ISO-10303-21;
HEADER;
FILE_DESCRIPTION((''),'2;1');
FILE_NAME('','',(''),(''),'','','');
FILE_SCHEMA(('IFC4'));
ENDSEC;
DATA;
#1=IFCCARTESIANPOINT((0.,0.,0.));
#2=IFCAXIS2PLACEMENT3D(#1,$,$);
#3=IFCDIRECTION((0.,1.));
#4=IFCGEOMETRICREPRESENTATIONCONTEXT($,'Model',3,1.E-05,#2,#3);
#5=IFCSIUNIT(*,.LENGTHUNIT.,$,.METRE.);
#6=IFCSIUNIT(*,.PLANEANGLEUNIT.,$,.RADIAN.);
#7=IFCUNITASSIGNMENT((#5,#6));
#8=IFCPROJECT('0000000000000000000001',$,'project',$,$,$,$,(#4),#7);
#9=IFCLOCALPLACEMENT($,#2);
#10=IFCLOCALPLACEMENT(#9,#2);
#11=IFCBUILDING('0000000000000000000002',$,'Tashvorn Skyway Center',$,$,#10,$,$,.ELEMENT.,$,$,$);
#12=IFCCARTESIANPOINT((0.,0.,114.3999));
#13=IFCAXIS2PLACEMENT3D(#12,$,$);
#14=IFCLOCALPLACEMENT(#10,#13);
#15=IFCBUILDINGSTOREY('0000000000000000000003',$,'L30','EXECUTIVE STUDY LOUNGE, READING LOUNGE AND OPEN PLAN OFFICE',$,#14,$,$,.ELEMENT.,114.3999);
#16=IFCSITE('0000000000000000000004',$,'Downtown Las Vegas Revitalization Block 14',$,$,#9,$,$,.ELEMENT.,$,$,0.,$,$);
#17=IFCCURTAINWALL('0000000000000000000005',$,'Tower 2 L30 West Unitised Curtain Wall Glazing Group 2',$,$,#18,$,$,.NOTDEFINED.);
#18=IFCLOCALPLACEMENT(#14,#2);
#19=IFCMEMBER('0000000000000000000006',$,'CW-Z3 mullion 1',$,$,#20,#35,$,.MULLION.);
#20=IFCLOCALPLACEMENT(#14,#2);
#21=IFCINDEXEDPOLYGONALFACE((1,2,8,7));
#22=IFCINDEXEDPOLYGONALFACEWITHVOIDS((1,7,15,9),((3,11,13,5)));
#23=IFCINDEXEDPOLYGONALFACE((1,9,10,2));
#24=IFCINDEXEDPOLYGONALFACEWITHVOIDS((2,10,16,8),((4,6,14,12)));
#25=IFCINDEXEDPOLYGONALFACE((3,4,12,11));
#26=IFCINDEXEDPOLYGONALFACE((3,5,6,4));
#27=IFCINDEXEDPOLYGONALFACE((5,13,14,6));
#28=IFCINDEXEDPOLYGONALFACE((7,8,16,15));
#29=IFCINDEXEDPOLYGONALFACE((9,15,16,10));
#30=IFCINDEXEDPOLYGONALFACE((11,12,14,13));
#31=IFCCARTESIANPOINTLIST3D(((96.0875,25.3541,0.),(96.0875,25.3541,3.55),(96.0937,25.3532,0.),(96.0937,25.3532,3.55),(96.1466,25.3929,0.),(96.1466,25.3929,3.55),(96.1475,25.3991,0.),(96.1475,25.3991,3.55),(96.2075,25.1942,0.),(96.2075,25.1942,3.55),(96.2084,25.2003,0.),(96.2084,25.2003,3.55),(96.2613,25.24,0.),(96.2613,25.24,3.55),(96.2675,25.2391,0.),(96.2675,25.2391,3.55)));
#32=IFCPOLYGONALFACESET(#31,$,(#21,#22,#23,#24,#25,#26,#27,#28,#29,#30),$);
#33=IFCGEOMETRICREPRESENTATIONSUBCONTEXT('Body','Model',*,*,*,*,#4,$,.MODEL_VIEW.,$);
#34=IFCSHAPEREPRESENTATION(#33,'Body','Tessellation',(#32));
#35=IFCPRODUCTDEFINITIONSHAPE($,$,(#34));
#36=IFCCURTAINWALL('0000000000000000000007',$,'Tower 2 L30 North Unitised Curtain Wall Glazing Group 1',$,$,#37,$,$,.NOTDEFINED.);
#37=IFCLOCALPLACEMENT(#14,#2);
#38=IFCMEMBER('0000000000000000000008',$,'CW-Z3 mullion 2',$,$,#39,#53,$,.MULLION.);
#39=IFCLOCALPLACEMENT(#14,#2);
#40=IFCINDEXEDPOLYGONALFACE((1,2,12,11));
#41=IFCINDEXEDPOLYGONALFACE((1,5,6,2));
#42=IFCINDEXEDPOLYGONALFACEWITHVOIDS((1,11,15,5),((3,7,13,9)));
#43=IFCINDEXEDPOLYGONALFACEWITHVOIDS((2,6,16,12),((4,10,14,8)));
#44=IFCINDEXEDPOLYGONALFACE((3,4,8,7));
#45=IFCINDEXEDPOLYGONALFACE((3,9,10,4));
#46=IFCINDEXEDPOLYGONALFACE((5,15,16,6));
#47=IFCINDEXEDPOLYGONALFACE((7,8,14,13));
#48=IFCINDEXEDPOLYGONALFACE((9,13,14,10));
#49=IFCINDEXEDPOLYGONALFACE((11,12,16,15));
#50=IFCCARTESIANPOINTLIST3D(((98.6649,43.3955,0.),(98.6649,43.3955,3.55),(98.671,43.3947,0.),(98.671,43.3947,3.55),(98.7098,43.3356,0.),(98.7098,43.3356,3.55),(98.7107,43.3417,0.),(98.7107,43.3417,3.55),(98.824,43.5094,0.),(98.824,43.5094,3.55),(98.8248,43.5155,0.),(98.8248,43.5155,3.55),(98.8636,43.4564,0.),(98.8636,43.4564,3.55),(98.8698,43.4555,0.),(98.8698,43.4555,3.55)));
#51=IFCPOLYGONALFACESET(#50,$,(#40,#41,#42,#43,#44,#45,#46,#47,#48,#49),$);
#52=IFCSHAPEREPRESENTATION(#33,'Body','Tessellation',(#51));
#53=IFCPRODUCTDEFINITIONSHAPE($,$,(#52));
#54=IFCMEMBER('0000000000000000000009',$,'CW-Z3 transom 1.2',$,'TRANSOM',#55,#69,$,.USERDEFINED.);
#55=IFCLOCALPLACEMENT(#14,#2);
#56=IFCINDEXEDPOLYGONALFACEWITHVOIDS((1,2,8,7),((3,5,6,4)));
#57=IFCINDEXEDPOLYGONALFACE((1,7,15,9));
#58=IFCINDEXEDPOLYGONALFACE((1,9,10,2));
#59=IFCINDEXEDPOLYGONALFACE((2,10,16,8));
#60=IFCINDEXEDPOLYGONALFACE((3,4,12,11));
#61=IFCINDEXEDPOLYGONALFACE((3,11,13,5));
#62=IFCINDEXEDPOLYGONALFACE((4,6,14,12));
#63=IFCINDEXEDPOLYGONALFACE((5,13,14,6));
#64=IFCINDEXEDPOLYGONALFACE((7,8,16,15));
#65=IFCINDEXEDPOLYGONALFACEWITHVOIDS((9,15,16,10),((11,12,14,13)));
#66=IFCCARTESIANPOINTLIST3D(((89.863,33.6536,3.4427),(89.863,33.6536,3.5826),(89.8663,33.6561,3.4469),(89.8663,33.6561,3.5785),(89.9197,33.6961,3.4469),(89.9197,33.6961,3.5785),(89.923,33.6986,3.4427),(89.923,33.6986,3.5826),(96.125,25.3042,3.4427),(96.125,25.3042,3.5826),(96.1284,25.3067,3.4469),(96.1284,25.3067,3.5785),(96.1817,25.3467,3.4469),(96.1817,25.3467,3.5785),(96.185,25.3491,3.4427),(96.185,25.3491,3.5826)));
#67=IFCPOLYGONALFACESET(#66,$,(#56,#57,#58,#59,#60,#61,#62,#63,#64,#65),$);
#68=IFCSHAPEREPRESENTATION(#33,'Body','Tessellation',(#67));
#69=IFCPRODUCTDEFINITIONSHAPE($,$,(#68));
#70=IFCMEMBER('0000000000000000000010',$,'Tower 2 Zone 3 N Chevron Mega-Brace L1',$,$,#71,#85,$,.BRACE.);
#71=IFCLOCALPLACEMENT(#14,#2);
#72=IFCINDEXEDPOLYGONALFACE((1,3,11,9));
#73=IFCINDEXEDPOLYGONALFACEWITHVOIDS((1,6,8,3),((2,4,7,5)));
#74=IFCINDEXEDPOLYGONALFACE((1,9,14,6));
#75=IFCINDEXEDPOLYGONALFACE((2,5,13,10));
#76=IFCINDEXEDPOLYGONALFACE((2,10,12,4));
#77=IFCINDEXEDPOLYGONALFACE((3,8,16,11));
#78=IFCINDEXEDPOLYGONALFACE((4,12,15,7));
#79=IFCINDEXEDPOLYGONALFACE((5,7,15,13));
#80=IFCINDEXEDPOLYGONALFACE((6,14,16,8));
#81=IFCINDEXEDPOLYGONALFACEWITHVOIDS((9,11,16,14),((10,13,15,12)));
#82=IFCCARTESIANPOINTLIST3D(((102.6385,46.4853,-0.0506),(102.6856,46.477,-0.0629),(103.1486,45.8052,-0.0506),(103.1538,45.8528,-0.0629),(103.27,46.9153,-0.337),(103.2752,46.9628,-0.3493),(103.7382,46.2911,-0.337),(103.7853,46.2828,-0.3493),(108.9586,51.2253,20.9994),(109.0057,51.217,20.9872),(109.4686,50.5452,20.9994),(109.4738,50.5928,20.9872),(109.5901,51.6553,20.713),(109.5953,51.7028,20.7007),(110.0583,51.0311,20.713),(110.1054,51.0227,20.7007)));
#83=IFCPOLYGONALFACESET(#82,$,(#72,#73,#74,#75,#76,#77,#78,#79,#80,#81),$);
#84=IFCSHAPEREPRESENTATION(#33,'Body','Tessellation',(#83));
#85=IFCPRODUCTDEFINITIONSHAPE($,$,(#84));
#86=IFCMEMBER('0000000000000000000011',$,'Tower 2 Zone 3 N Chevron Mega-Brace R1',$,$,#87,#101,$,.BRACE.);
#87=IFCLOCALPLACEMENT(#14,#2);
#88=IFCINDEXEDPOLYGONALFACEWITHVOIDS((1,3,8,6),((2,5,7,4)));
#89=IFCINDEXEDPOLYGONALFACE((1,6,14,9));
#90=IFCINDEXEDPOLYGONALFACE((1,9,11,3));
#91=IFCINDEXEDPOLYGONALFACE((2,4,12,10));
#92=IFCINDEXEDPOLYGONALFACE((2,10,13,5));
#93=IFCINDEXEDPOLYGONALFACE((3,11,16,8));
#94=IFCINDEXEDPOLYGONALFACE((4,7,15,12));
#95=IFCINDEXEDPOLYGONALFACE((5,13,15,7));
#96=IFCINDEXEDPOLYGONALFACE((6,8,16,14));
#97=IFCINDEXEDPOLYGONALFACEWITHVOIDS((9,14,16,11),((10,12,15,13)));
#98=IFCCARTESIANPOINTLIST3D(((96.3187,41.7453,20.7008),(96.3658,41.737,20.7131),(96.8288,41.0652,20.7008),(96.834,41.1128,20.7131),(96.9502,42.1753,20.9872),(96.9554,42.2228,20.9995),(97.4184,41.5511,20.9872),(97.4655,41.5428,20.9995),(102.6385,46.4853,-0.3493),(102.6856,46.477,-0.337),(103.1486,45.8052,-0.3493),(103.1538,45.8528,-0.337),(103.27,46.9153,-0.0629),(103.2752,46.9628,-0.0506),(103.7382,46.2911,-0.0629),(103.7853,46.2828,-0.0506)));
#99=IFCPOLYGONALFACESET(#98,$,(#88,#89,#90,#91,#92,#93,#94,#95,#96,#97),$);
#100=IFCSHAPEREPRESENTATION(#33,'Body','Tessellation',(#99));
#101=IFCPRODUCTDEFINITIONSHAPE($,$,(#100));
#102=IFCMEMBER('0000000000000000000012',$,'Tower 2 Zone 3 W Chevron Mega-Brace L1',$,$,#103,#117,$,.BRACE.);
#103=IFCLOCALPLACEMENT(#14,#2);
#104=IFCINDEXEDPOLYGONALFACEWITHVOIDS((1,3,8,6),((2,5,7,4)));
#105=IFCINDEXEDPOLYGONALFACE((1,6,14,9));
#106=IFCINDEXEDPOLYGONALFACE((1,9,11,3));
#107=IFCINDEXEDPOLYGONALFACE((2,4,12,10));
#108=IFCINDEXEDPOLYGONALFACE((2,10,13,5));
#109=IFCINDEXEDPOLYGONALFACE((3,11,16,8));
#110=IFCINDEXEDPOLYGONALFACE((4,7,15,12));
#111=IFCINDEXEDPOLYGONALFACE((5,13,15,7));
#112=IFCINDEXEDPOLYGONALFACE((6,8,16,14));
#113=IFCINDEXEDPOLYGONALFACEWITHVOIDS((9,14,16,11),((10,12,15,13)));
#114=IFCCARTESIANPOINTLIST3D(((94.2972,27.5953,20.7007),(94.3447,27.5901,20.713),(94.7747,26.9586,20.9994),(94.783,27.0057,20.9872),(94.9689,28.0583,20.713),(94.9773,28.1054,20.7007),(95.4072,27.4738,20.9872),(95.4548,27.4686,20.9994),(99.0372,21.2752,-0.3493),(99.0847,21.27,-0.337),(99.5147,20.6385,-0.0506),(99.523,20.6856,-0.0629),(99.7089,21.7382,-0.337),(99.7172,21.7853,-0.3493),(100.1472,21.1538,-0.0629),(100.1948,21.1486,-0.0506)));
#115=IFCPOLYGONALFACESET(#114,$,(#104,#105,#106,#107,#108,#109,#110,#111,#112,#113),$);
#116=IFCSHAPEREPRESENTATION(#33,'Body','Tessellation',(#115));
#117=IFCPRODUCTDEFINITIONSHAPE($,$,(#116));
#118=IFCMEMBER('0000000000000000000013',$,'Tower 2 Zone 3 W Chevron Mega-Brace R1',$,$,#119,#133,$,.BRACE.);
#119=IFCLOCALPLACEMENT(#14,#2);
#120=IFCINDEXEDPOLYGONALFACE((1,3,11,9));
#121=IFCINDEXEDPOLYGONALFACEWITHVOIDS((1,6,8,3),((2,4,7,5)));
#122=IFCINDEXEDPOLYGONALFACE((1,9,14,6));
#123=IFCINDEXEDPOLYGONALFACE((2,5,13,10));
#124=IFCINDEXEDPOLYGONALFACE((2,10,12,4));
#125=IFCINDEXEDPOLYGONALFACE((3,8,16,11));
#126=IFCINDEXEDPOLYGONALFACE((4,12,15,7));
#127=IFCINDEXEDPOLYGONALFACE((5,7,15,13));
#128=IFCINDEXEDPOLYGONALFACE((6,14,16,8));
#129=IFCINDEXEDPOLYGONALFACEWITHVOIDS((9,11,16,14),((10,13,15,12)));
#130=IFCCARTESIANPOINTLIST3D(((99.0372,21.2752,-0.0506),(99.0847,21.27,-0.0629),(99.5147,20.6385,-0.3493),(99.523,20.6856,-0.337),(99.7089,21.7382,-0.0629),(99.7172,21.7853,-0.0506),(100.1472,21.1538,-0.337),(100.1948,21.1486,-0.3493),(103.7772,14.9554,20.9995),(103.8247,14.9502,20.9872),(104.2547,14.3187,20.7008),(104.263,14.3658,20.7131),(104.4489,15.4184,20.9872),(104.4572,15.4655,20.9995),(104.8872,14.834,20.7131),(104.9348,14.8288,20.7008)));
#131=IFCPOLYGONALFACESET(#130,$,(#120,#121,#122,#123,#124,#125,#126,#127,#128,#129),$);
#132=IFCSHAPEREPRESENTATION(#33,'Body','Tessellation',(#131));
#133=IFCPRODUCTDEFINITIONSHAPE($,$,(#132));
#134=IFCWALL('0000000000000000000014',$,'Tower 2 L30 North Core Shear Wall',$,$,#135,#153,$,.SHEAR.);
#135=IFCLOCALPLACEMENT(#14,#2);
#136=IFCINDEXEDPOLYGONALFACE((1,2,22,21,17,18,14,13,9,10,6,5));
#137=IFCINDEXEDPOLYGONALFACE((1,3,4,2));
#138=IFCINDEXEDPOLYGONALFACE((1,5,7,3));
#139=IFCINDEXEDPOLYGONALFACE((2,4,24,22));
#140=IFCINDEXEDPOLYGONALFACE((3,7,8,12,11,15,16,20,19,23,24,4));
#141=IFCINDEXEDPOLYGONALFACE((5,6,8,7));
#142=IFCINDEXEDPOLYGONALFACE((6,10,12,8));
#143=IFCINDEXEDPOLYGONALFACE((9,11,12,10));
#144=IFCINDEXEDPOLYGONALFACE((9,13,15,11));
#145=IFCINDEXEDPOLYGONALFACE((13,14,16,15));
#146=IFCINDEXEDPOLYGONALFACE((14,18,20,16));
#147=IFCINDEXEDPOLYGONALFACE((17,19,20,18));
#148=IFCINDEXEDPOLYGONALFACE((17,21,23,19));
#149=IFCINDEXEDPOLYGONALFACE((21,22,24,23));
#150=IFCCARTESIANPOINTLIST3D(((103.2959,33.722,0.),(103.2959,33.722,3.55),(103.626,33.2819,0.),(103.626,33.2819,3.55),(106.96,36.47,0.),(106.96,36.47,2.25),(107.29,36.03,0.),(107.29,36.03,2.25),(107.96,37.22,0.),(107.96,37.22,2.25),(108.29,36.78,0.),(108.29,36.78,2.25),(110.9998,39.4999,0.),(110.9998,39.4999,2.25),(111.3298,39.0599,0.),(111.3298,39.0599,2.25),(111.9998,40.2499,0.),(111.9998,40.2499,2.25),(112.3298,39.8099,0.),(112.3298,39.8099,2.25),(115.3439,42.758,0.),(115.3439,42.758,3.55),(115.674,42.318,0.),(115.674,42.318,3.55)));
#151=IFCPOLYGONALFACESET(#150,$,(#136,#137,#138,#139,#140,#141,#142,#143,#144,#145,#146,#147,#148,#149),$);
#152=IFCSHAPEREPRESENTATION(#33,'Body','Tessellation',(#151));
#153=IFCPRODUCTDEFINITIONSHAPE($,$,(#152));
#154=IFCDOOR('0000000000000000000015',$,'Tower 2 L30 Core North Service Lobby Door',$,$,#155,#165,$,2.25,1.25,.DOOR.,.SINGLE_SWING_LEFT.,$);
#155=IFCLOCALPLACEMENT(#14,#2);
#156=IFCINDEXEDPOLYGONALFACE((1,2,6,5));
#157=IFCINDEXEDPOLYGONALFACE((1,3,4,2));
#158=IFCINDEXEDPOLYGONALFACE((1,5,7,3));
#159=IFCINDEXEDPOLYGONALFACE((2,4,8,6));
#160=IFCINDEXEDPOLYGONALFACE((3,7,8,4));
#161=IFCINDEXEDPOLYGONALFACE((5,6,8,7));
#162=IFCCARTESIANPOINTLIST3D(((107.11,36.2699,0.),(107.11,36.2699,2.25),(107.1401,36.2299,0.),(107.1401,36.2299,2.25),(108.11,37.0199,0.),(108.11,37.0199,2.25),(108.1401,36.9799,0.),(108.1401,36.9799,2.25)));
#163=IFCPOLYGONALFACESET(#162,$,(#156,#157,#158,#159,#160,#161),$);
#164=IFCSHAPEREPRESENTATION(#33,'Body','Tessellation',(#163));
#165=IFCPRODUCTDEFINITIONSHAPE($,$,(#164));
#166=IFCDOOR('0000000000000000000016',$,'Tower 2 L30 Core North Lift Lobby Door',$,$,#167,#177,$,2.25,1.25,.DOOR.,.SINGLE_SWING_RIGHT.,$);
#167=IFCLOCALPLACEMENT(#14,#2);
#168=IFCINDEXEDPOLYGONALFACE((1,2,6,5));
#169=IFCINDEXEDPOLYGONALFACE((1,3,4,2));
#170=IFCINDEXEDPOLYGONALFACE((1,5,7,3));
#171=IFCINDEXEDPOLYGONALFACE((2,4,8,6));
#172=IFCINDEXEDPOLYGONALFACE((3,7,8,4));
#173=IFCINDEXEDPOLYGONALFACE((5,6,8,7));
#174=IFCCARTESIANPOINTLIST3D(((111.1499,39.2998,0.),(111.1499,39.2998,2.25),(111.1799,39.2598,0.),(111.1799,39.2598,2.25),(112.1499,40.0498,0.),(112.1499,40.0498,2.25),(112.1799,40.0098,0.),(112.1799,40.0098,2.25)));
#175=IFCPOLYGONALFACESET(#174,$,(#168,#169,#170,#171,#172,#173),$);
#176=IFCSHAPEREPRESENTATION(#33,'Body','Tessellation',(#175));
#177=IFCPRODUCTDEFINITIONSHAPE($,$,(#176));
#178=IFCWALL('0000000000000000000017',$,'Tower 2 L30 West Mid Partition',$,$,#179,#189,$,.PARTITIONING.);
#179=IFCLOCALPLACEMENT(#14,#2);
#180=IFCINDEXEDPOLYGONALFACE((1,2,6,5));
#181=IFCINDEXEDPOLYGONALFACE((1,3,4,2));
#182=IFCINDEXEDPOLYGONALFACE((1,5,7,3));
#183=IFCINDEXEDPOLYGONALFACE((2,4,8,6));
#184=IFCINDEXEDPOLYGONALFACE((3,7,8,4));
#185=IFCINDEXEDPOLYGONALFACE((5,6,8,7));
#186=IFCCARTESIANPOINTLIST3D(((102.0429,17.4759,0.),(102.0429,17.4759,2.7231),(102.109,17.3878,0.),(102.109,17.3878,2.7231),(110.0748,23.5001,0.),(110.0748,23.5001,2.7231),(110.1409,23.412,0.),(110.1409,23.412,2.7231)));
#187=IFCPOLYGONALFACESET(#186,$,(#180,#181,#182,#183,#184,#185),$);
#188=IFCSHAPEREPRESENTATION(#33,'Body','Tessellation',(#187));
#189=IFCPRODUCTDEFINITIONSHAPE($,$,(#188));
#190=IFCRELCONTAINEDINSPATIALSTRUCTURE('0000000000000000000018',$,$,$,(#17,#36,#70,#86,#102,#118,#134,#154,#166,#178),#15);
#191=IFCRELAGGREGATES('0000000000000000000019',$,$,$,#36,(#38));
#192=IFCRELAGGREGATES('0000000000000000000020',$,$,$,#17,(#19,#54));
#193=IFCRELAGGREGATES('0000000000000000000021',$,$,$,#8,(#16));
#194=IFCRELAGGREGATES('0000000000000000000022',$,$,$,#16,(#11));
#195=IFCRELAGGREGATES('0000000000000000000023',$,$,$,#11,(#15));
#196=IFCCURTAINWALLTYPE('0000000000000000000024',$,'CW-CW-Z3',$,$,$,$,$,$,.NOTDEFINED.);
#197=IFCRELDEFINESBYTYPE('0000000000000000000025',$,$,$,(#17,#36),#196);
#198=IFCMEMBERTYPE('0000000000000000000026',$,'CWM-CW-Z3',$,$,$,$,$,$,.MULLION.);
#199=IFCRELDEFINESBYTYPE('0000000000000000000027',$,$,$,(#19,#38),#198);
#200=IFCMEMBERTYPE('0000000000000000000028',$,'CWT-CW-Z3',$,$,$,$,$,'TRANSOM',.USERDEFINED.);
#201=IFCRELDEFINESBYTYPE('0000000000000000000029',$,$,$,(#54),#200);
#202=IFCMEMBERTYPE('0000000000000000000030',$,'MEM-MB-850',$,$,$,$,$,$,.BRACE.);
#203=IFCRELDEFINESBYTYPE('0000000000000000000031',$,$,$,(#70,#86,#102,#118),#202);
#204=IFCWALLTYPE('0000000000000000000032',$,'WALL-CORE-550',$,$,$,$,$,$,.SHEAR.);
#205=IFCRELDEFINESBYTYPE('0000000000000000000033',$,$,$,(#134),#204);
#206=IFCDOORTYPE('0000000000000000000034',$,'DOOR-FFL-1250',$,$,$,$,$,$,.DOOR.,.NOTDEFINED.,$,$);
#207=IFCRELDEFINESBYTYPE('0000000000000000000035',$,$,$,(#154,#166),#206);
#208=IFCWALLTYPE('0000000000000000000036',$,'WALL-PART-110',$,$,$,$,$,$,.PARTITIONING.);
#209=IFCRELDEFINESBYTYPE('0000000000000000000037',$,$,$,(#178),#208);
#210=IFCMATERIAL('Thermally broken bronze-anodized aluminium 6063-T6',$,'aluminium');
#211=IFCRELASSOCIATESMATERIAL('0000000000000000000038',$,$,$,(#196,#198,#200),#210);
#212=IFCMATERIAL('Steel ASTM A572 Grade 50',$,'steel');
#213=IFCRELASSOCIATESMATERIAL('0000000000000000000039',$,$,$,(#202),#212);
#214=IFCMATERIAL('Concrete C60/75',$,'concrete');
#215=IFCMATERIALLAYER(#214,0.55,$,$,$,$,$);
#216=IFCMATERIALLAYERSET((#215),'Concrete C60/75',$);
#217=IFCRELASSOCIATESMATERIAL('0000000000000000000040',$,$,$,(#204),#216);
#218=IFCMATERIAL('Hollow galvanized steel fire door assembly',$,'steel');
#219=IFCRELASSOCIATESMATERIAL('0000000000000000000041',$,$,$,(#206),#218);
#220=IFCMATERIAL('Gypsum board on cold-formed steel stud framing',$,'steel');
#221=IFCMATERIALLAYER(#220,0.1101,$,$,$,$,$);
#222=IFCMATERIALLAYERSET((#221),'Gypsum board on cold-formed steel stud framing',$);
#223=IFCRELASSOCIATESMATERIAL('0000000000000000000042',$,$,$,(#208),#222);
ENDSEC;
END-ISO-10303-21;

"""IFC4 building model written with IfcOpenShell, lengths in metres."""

from ifc_helpers import new_model, si_unit, direction, frame, frame_2d, origin, origin_2d, place, context, subcontext, project, spatial, rectangle, hollow_rectangle, extrude, material, layer, layer_set, material_profile, profile_set, type_object, element, fill, aggregate, save


model = new_model("IFC4")

# Units and contexts
model_context = context("Model", 3, precision=1e-05, world=origin(), true_north=direction((0.0, 1.0)))
body_context = subcontext(model_context, "Body", "Model", "MODEL_VIEW")
ifc_project = project(units=[si_unit("LENGTHUNIT", "METRE"), si_unit("PLANEANGLEUNIT", "RADIAN")], contexts=[model_context])

# Site, building, storey
site_placement = place(None, origin())
site = spatial("IfcSite", under=ifc_project, at=site_placement, Name="Downtown Las Vegas Revitalization Block 14", CompositionType="ELEMENT", RefElevation=0.0)
building_placement = place(site_placement, origin())
building = spatial("IfcBuilding", under=site, at=building_placement, Name="Tashvorn Skyway Center", CompositionType="ELEMENT")
storey_placement = place(building_placement, frame((0.0, 0.0, 114.3999)))
storey = spatial("IfcBuildingStorey", under=building, at=storey_placement, Name="L30", Description="EXECUTIVE STUDY LOUNGE, READING LOUNGE AND OPEN PLAN OFFICE", CompositionType="ELEMENT", Elevation=114.3999)

# Shared definitions
ifc_material_1 = material(Name="Steel ASTM A572 Grade 50", Category="steel")

# Curtain walls, members
ifc_material_2 = material(Name="Thermally broken bronze-anodized aluminium 6063-T6", Category="aluminium")
curtain_wall_type = type_object("IfcCurtainWallType", Name="CW-CW-Z3", PredefinedType="NOTDEFINED", material=ifc_material_2)
ifc_material_profile_1 = material_profile(ifc_material_2, hollow_rectangle(XDim=0.075, YDim=0.2, WallThickness=0.0044, at=origin_2d()), Name="ALU-MULL-75x200")
ifc_profile_set_1 = profile_set([ifc_material_profile_1], Name="Thermally broken bronze-anodized aluminium 6063-T6")
member_type_1 = type_object("IfcMemberType", Name="CWM-CW-Z3", PredefinedType="MULLION", material=ifc_profile_set_1)
curtain_wall_1_placement = place(storey_placement, origin())
curtain_wall_1 = element("IfcCurtainWall", 1, at=curtain_wall_1_placement, inside=storey, type_object=curtain_wall_type, Name="Tower 2 L30 West Unitised Curtain Wall Glazing Group 2", PredefinedType="NOTDEFINED")
member_1_placement = place(storey_placement, frame((96.1775, 25.2966, 0.0), z_axis=(0.0, 0.0, 1.0), x_axis=(-0.799999, -0.600002, 0.0)))
member_1 = element("IfcMember", 2, at=member_1_placement, type_object=member_type_1, Name="CW-Z3 mullion 1", PredefinedType="MULLION", context=body_context, shape_type="SweptSolid", body=[
    extrude(hollow_rectangle(XDim=0.075, YDim=0.2, WallThickness=0.0044, at=origin_2d()), origin(), (0.0, 0.0, 1.0), 3.55),
])
curtain_wall_2_placement = place(storey_placement, origin())
curtain_wall_2 = element("IfcCurtainWall", 3, at=curtain_wall_2_placement, inside=storey, type_object=curtain_wall_type, Name="Tower 2 L30 North Unitised Curtain Wall Glazing Group 1", PredefinedType="NOTDEFINED")
member_2_placement = place(storey_placement, frame((98.7673, 43.4255, 0.0), z_axis=(0.0, 0.0, 1.0), x_axis=(-0.600002, 0.799999, 0.0)))
member_2 = element("IfcMember", 4, at=member_2_placement, type_object=member_type_1, Name="CW-Z3 mullion 2", PredefinedType="MULLION", context=body_context, shape_type="SweptSolid", body=[
    extrude(hollow_rectangle(XDim=0.075, YDim=0.2, WallThickness=0.0044, at=origin_2d()), origin(), (0.0, 0.0, 1.0), 3.55),
])
aggregate(curtain_wall_2, [member_2])

# Member
ifc_material_profile_2 = material_profile(ifc_material_2, hollow_rectangle(XDim=0.075, YDim=0.1399, WallThickness=0.0042, at=origin_2d()), Name="ALU-TRAN-75x140")
ifc_profile_set_2 = profile_set([ifc_material_profile_2], Name="Thermally broken bronze-anodized aluminium 6063-T6")
member_type_2 = type_object("IfcMemberType", Name="CWT-CW-Z3", ElementType="TRANSOM", PredefinedType="USERDEFINED", material=ifc_profile_set_2)
member_3_placement = place(storey_placement, frame((96.155, 25.3267, 3.5127), z_axis=(-0.599996, 0.800003, 0.0), x_axis=(-0.800003, -0.599996, 0.0)))
member_3 = element("IfcMember", 5, at=member_3_placement, type_object=member_type_2, Name="CW-Z3 transom 1.2", ObjectType="TRANSOM", PredefinedType="USERDEFINED", context=body_context, shape_type="SweptSolid", body=[
    extrude(hollow_rectangle(XDim=0.075, YDim=0.1399, WallThickness=0.0042, at=origin_2d()), origin(), (0.0, 0.0, 1.0), 10.4368),
])
aggregate(curtain_wall_1, [member_1, member_3])

# Members
ifc_material_profile_3 = material_profile(ifc_material_1, hollow_rectangle(XDim=0.8501, YDim=0.8501, WallThickness=0.0349, at=origin_2d()), Name="BOX850x850x35")
ifc_profile_set_3 = profile_set([ifc_material_profile_3], Name="Steel ASTM A572 Grade 50")
member_type_3 = type_object("IfcMemberType", Name="MEM-MB-850", PredefinedType="BRACE", material=ifc_profile_set_3)
for number, where, z_axis, x_axis, name in (
    (6, (103.2119, 46.384, -0.2), (0.281096, 0.210819, 0.936237), (-0.599995, 0.800004, 0.0), "Tower 2 Zone 3 N Chevron Mega-Brace L1"),
    (7, (103.2119, 46.384, -0.2), (-0.281086, -0.21082, 0.93624), (0.60001, -0.799993, 0.0), "Tower 2 Zone 3 N Chevron Mega-Brace R1"),
    (8, (99.616, 21.2119, -0.2), (-0.210819, 0.281096, 0.936237), (-0.800004, -0.599995, 0.0), "Tower 2 Zone 3 W Chevron Mega-Brace L1"),
    (9, (99.616, 21.2119, -0.2), (0.21082, -0.281086, 0.93624), (0.799993, 0.60001, 0.0), "Tower 2 Zone 3 W Chevron Mega-Brace R1"),
):
    element("IfcMember", number, at=place(storey_placement, frame(where, z_axis=z_axis, x_axis=x_axis)), inside=storey, type_object=member_type_3, Name=name, PredefinedType="BRACE", context=body_context, shape_type="SweptSolid", body=[
        extrude(hollow_rectangle(XDim=0.8501, YDim=0.8501, WallThickness=0.0349, at=origin_2d()), origin(), (0.0, 0.0, 1.0), 22.4836),
    ])

# Wall, openings, doors
ifc_material_3 = material(Name="Concrete C60/75", Category="concrete")
ifc_layer_1 = layer(ifc_material_3, 0.55)
ifc_layer_set_1 = layer_set([ifc_layer_1], Name="Concrete C60/75")
wall_type_1 = type_object("IfcWallType", Name="WALL-CORE-550", PredefinedType="SHEAR", material=ifc_layer_set_1)
wall_1_placement = place(storey_placement, frame((103.4609, 33.502, 0.0), z_axis=(0.0, 0.0, 1.0), x_axis=(0.799998, 0.600003, 0.0)))
wall_1 = element("IfcWall", 10, at=wall_1_placement, inside=storey, type_object=wall_type_1, Name="Tower 2 L30 North Core Shear Wall", PredefinedType="SHEAR", context=body_context, shape_type="SweptSolid", body=[
    extrude(rectangle(XDim=15.0601, YDim=0.55, at=frame_2d((7.53, 0.0))), origin(), (0.0, 0.0, 1.0), 3.55),
])
opening_1_placement = place(wall_1_placement, frame((4.5801, 0.0, 0.0)))
opening_1 = element("IfcOpeningElement", 11, at=opening_1_placement, cuts=wall_1, PredefinedType="OPENING", context=body_context, shape_type="SweptSolid", body=[
    extrude(rectangle(XDim=1.25, YDim=2.25, at=frame_2d((0.625, 1.125))), frame((0.0, 0.2849, 0.0), z_axis=(0.0, -1.0, 0.0), x_axis=(1.0, 0.0, 0.0)), (0.0, 0.0, 1.0), 0.5701),
])
opening_2_placement = place(wall_1_placement, frame((9.6299, 0.0, 0.0)))
opening_2 = element("IfcOpeningElement", 12, at=opening_2_placement, cuts=wall_1, PredefinedType="OPENING", context=body_context, shape_type="SweptSolid", body=[
    extrude(rectangle(XDim=1.25, YDim=2.25, at=frame_2d((0.625, 1.125))), frame((0.0, 0.2849, 0.0), z_axis=(0.0, -1.0, 0.0), x_axis=(1.0, 0.0, 0.0)), (0.0, 0.0, 1.0), 0.5701),
])
ifc_material_4 = material(Name="Hollow galvanized steel fire door assembly", Category="steel")
door_type_1 = type_object("IfcDoorType", Name="DOOR-FFL-1250", OperationType="NOTDEFINED", PredefinedType="DOOR", material=ifc_material_4)
door_1_placement = place(opening_1_placement, origin())
door_1 = element("IfcDoor", 13, at=door_1_placement, inside=storey, type_object=door_type_1, Name="Tower 2 L30 Core North Service Lobby Door", OperationType="SINGLE_SWING_LEFT", OverallHeight=2.25, OverallWidth=1.25, PredefinedType="DOOR", context=body_context, shape_type="SweptSolid", body=[
    extrude(rectangle(XDim=1.25, YDim=2.25, at=frame_2d((0.625, 1.125))), frame((0.0, 0.0249, 0.0), z_axis=(0.0, -1.0, 0.0), x_axis=(1.0, 0.0, 0.0)), (0.0, 0.0, 1.0), 0.05),
])
fill(opening_1, door_1)
door_2_placement = place(opening_2_placement, origin())
door_2 = element("IfcDoor", 14, at=door_2_placement, inside=storey, type_object=door_type_1, Name="Tower 2 L30 Core North Lift Lobby Door", OperationType="SINGLE_SWING_RIGHT", OverallHeight=2.25, OverallWidth=1.25, PredefinedType="DOOR", context=body_context, shape_type="SweptSolid", body=[
    extrude(rectangle(XDim=1.25, YDim=2.25, at=frame_2d((0.625, 1.125))), frame((0.0, 0.0249, 0.0), z_axis=(0.0, -1.0, 0.0), x_axis=(1.0, 0.0, 0.0)), (0.0, 0.0, 1.0), 0.05),
])
fill(opening_2, door_2)

# Wall
ifc_material_5 = material(Name="Gypsum board on cold-formed steel stud framing", Category="steel")
ifc_layer_2 = layer(ifc_material_5, 0.1101)
ifc_layer_set_2 = layer_set([ifc_layer_2], Name="Gypsum board on cold-formed steel stud framing")
wall_type_2 = type_object("IfcWallType", Name="WALL-PART-110", PredefinedType="PARTITIONING", material=ifc_layer_set_2)
wall_2_placement = place(storey_placement, frame((102.0759, 17.4319, 0.0), z_axis=(0.0, 0.0, 1.0), x_axis=(0.799991, 0.600012, 0.0)))
element("IfcWall", 15, at=wall_2_placement, inside=storey, type_object=wall_type_2, Name="Tower 2 L30 West Mid Partition", PredefinedType="PARTITIONING", context=body_context, shape_type="SweptSolid", body=[
    extrude(rectangle(XDim=10.04, YDim=0.1101, at=frame_2d((5.02, 0.0))), origin(), (0.0, 0.0, 1.0), 2.7231),
])

save(model, "model.ifc")
